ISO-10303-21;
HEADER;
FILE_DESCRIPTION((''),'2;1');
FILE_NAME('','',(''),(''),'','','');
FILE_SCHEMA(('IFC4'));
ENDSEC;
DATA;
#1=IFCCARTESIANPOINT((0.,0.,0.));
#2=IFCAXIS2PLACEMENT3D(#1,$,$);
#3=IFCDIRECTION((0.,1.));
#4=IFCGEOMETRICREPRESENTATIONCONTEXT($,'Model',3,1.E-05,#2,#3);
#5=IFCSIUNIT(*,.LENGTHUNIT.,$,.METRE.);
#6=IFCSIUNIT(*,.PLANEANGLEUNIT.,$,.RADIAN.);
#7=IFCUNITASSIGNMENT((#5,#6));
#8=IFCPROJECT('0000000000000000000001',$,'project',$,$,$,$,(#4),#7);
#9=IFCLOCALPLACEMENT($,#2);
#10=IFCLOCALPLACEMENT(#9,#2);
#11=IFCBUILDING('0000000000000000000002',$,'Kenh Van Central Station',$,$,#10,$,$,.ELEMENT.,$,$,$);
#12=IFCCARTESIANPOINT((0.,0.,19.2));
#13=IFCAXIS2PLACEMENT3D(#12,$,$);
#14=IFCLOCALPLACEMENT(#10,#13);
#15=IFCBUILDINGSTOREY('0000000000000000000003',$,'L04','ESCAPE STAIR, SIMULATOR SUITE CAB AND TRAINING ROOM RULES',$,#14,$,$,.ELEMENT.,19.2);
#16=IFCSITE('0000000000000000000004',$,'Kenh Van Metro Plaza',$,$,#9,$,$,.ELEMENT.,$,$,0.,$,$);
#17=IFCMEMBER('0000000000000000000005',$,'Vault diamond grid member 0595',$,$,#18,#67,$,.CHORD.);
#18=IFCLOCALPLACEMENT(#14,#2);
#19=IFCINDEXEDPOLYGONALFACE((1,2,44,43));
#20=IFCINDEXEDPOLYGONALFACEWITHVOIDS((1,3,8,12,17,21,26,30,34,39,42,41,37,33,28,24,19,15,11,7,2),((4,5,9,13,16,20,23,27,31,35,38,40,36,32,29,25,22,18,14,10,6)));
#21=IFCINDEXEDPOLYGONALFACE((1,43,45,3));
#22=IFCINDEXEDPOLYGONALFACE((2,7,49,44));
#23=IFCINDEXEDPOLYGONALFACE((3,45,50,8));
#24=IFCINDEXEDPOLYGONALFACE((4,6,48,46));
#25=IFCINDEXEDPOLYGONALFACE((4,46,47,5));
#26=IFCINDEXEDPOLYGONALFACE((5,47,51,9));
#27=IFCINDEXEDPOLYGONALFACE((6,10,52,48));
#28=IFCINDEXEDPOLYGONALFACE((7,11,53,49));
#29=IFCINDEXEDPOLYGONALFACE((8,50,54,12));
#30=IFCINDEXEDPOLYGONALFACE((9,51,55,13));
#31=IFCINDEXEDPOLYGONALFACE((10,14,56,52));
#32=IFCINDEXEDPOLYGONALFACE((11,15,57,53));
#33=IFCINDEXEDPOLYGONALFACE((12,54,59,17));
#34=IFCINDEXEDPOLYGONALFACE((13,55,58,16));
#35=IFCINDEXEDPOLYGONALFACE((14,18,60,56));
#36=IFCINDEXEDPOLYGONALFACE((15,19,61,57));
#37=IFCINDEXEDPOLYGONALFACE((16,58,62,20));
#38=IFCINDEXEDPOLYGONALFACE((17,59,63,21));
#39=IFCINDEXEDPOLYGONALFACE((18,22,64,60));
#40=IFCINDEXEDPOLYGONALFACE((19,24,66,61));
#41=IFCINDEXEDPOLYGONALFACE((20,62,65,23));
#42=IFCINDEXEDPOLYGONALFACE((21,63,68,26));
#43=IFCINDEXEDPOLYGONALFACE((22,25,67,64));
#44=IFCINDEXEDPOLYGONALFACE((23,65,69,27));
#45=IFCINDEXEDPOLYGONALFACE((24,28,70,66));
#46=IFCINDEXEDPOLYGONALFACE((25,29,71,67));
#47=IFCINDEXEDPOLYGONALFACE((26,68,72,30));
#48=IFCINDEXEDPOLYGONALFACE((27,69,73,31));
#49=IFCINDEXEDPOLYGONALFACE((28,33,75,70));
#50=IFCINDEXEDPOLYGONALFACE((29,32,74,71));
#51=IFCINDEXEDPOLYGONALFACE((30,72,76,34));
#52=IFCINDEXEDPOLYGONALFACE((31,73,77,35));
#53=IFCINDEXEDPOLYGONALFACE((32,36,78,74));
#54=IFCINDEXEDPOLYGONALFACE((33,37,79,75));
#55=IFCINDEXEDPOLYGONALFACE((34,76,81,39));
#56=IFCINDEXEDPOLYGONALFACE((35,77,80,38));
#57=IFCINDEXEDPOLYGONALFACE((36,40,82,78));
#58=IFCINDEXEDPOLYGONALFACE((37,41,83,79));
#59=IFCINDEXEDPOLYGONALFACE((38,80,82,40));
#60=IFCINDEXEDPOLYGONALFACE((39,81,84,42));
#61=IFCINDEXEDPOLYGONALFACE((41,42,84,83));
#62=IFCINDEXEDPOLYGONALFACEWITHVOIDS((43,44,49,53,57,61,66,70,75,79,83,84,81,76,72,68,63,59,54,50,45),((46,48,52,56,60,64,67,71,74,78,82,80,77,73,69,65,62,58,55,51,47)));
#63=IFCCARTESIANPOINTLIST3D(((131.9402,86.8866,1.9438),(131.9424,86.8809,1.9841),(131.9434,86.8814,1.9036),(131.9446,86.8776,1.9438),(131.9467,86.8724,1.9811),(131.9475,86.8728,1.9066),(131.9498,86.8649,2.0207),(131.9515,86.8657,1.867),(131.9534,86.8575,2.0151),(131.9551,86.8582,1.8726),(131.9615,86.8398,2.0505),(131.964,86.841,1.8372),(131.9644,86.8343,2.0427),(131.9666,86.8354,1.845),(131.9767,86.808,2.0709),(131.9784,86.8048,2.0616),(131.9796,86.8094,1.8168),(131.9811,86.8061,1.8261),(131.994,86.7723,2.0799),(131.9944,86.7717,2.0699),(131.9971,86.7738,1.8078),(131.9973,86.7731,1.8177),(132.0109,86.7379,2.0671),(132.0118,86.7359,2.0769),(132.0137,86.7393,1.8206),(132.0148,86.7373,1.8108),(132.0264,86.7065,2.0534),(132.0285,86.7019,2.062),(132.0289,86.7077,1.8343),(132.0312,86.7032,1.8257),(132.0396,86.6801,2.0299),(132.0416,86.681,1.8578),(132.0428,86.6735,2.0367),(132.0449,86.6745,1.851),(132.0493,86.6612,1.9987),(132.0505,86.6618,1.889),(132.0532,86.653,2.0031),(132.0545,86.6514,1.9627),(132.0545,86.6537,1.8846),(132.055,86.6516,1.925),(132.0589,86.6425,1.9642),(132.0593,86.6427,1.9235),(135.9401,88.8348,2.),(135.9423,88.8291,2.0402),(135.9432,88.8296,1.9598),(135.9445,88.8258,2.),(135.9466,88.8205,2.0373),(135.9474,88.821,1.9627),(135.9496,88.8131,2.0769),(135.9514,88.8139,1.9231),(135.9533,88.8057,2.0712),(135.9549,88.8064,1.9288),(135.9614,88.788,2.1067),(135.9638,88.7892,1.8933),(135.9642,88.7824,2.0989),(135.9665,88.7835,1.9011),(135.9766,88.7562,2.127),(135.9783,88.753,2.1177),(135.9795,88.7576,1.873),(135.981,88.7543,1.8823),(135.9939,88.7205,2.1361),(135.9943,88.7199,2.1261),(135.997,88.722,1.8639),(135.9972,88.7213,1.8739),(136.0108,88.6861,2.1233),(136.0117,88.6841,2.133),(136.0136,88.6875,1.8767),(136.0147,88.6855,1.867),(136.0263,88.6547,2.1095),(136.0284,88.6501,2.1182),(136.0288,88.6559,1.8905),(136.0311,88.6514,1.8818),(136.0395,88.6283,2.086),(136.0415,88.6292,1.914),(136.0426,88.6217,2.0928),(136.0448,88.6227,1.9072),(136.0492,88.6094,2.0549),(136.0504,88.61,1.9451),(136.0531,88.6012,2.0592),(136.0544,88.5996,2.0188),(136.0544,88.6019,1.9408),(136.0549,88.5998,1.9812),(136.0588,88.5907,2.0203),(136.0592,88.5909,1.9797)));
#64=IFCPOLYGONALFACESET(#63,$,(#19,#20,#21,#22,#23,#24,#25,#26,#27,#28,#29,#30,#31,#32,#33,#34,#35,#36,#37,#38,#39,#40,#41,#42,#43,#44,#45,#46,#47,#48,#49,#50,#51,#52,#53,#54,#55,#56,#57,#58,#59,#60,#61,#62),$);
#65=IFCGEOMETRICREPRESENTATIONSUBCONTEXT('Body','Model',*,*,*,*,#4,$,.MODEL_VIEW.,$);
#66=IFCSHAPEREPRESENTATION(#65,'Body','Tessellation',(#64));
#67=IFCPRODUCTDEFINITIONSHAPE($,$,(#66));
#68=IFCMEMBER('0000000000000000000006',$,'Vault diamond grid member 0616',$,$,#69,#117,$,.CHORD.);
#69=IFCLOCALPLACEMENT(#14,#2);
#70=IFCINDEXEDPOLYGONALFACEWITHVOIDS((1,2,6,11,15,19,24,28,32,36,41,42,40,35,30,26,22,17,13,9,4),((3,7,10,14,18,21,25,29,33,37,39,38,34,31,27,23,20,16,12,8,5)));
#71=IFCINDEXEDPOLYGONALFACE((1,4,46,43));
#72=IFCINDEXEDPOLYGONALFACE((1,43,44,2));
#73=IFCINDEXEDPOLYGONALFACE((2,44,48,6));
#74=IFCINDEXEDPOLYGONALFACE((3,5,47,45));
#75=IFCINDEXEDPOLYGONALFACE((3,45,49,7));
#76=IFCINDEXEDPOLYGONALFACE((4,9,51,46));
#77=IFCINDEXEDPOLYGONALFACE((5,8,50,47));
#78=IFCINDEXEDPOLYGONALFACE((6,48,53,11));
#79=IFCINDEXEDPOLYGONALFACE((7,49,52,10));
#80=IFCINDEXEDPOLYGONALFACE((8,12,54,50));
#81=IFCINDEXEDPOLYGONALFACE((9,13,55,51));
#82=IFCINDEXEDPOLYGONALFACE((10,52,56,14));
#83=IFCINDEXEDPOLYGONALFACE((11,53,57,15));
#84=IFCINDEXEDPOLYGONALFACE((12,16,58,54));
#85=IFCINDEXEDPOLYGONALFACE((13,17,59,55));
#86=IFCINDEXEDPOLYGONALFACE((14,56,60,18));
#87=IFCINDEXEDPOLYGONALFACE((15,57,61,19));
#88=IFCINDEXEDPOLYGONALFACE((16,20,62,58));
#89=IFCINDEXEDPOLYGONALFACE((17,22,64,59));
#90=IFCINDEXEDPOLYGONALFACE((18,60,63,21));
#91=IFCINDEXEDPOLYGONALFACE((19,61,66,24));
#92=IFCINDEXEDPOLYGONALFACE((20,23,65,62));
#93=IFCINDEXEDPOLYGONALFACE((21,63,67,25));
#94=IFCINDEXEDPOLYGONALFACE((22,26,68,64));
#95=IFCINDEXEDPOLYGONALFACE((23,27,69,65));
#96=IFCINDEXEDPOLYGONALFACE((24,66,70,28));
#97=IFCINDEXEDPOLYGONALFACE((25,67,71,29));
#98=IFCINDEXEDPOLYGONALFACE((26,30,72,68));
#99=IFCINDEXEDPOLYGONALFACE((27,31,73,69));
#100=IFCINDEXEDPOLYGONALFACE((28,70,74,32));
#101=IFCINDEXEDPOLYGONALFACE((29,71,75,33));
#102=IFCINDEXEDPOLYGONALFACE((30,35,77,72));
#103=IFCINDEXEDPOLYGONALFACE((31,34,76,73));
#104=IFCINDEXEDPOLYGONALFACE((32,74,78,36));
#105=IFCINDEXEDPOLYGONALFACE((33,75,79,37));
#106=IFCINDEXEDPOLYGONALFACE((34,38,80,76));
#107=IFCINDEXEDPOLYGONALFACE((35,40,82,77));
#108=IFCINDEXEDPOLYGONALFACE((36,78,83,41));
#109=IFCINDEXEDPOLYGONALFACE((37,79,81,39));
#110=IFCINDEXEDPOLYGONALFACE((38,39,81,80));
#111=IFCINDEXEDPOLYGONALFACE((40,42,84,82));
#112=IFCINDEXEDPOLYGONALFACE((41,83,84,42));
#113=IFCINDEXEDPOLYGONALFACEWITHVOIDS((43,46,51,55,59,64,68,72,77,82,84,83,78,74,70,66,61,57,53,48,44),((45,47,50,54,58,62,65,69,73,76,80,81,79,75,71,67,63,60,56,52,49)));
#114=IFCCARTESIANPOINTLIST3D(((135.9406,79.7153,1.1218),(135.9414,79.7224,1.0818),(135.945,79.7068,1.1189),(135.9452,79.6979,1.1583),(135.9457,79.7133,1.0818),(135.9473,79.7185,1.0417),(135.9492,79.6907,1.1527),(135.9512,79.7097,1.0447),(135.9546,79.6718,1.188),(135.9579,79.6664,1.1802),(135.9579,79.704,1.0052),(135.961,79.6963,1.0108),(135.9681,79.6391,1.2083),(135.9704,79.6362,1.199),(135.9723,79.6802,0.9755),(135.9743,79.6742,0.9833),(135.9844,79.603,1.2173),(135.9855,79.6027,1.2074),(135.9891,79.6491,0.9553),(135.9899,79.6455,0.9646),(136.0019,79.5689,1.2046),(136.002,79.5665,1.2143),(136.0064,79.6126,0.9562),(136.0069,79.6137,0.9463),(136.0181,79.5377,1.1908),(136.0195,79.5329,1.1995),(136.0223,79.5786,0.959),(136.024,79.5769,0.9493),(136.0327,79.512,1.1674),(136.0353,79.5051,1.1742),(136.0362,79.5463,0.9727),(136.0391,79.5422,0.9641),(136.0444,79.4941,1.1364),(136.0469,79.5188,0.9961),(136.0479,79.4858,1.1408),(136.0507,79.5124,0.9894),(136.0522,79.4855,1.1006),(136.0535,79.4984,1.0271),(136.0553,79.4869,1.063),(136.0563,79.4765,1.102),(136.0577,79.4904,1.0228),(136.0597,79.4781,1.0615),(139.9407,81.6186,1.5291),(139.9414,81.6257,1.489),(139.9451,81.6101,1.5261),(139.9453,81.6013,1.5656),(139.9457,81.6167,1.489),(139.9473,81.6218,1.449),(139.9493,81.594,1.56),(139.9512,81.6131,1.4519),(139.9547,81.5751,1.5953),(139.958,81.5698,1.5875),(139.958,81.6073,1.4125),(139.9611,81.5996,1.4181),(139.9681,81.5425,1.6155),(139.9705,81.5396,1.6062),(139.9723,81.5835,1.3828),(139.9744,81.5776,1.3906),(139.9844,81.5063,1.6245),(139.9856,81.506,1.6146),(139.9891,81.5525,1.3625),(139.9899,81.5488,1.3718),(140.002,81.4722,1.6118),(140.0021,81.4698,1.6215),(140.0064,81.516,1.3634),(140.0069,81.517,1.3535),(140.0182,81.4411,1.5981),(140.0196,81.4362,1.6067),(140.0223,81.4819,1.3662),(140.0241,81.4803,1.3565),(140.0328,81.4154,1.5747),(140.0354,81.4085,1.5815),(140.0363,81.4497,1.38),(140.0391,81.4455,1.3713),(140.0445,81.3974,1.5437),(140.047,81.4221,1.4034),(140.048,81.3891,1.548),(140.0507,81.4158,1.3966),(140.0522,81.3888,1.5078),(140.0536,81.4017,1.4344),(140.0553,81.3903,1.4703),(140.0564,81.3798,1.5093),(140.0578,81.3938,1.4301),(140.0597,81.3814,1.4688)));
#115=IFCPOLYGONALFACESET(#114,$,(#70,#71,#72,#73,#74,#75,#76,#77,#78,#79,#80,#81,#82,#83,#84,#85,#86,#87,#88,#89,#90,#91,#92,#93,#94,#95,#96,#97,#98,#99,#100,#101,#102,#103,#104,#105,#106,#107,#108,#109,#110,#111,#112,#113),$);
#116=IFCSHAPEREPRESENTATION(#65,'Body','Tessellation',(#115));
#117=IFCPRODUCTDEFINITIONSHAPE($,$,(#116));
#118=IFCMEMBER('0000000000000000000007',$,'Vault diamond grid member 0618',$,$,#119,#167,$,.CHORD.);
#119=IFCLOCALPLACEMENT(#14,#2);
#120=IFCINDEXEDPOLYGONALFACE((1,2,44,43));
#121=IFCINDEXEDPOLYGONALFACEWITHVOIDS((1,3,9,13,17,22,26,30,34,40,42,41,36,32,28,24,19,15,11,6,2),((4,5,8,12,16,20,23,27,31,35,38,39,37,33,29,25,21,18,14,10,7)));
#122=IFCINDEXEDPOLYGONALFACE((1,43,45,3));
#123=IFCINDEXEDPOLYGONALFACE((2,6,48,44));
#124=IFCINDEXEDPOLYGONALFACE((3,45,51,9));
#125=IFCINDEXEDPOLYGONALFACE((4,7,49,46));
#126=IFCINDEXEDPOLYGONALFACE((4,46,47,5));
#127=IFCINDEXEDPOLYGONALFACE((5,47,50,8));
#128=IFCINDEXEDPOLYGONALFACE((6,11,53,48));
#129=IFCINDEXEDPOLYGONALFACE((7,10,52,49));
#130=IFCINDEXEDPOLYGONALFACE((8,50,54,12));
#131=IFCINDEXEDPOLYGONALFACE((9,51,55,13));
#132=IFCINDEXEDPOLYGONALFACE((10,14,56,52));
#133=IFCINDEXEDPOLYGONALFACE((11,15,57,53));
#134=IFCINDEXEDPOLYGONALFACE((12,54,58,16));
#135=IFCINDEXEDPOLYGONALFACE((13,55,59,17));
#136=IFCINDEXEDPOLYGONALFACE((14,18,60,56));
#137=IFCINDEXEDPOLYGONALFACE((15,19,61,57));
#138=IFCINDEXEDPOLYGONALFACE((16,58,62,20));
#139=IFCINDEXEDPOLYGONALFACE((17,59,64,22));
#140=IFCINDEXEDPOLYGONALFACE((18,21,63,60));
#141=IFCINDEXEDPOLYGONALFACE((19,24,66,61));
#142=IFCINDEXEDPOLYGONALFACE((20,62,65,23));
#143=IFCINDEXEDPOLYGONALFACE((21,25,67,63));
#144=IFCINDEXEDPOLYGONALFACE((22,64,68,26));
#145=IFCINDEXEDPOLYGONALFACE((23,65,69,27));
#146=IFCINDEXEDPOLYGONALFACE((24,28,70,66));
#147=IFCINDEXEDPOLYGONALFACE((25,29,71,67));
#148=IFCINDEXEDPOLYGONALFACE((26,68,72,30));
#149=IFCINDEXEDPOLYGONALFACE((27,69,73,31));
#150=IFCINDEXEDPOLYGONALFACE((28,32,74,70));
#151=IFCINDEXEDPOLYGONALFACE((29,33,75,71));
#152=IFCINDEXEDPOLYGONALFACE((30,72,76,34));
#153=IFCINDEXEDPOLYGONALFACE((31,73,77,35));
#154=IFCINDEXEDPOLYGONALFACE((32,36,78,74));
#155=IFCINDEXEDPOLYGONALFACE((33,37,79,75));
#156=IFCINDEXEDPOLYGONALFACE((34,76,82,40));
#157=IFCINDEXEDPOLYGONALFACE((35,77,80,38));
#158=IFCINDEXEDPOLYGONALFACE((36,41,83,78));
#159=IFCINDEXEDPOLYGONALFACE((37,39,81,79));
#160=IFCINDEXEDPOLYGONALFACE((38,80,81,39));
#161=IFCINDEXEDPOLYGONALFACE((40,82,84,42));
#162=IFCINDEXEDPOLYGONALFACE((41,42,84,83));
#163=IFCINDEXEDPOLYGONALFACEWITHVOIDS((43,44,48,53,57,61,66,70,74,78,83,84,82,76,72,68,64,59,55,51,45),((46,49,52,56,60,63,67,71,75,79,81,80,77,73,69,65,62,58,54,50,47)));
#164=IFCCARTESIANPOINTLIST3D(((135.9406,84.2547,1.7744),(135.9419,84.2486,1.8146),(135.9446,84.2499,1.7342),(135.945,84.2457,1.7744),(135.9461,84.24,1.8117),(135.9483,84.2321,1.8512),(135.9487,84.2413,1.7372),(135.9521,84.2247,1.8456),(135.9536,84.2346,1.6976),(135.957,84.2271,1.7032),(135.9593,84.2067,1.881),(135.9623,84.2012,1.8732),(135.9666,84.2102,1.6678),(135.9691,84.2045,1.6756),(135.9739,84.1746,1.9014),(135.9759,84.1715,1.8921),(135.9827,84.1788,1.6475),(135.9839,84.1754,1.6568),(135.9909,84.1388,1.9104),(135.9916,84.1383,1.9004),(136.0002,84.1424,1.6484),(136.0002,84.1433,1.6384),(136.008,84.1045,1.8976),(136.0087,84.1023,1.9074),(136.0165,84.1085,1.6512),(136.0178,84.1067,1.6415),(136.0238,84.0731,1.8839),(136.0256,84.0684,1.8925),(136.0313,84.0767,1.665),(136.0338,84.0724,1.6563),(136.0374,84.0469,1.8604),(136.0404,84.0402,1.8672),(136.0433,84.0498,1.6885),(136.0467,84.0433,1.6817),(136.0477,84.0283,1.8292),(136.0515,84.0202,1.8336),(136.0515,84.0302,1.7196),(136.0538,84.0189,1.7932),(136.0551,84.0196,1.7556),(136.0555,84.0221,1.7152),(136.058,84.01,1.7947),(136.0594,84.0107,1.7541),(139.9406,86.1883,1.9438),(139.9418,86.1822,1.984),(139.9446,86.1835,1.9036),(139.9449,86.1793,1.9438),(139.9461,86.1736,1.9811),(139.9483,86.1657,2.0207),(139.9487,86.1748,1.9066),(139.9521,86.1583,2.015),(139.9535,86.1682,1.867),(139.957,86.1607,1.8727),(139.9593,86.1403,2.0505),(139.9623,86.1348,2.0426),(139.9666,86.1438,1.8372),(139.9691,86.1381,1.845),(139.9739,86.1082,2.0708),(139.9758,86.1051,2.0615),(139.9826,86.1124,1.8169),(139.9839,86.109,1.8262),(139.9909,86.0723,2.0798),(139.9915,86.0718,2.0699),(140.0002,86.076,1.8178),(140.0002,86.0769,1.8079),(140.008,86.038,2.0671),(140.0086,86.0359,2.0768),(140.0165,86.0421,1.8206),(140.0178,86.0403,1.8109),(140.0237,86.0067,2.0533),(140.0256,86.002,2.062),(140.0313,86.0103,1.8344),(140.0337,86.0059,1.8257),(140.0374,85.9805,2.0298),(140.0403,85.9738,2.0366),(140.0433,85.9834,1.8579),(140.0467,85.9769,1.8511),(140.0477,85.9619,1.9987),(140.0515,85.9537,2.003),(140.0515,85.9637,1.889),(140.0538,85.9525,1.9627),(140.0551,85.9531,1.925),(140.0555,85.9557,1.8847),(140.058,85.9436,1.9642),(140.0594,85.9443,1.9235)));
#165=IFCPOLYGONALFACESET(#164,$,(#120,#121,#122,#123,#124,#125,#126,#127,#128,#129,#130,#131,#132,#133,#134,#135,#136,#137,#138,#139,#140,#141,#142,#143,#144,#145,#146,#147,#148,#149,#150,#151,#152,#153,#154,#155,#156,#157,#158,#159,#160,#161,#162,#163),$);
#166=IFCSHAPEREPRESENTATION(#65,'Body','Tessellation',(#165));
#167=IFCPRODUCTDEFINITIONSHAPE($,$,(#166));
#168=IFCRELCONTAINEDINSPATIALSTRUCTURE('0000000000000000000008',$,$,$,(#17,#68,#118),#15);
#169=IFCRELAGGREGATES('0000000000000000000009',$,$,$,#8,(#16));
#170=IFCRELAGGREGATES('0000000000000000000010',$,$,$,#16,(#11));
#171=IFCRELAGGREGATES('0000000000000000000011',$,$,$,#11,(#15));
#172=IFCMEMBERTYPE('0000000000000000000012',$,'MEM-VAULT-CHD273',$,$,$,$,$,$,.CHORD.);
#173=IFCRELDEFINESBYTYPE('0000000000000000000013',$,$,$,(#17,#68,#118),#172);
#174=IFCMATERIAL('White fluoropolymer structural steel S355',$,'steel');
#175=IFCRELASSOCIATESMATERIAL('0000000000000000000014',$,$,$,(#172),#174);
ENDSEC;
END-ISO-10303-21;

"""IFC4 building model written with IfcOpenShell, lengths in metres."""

from ifc_helpers import new_model, si_unit, direction, frame, origin, origin_2d, place, context, subcontext, project, spatial, hollow_circle, extrude, material, material_profile, profile_set, type_object, element, save


model = new_model("IFC4")

# Units and contexts
model_context = context("Model", 3, precision=1e-05, world=origin(), true_north=direction((0.0, 1.0)))
body_context = subcontext(model_context, "Body", "Model", "MODEL_VIEW")
ifc_project = project(units=[si_unit("LENGTHUNIT", "METRE"), si_unit("PLANEANGLEUNIT", "RADIAN")], contexts=[model_context])

# Site, building, storey
site_placement = place(None, origin())
site = spatial("IfcSite", under=ifc_project, at=site_placement, Name="Kenh Van Metro Plaza", CompositionType="ELEMENT", RefElevation=0.0)
building_placement = place(site_placement, origin())
building = spatial("IfcBuilding", under=site, at=building_placement, Name="Kenh Van Central Station", CompositionType="ELEMENT")
storey_placement = place(building_placement, frame((0.0, 0.0, 19.2)))
storey = spatial("IfcBuildingStorey", under=building, at=storey_placement, Name="L04", Description="ESCAPE STAIR, SIMULATOR SUITE CAB AND TRAINING ROOM RULES", CompositionType="ELEMENT", Elevation=19.2)

# Shared definitions
ifc_material_1 = material(Name="White fluoropolymer structural steel S355", Category="steel")

# Members
ifc_material_profile_1 = material_profile(ifc_material_1, hollow_circle(Radius=0.1365, WallThickness=0.01, at=origin_2d()), Name="CHS 273x10")
ifc_profile_set_1 = profile_set([ifc_material_profile_1], Name="White fluoropolymer structural steel S355")
member_type_1 = type_object("IfcMemberType", Name="MEM-VAULT-CHD273", PredefinedType="CHORD", material=ifc_profile_set_1)
member_1_placement = place(storey_placement, frame((132.0, 86.7639, 1.9438), z_axis=(0.89896, 0.437848, 0.01262), x_axis=(-0.437883, 0.899032, 0.0)))
element("IfcMember", 1, at=member_1_placement, inside=storey, type_object=member_type_1, Name="Vault diamond grid member 0595", PredefinedType="CHORD", context=body_context, shape_type="SweptSolid", body=[
    extrude(hollow_circle(Radius=0.1365, WallThickness=0.01, at=origin_2d()), origin(), (0.0, 0.0, 1.0), 4.4495),
])
member_2_placement = place(storey_placement, frame((136.0, 79.5991, 1.0818), z_axis=(0.899195, 0.427864, 0.091544), x_axis=(-0.429668, 0.902987, 0.0)))
element("IfcMember", 2, at=member_2_placement, inside=storey, type_object=member_type_1, Name="Vault diamond grid member 0616", PredefinedType="CHORD", context=body_context, shape_type="SweptSolid", body=[
    extrude(hollow_circle(Radius=0.1365, WallThickness=0.01, at=origin_2d()), origin(), (0.0, 0.0, 1.0), 4.4485),
])
member_3_placement = place(storey_placement, frame((136.0, 84.1318, 1.7744), z_axis=(0.899672, 0.4349, 0.038109), x_axis=(-0.435216, 0.900326, 0.0)))
element("IfcMember", 3, at=member_3_placement, inside=storey, type_object=member_type_1, Name="Vault diamond grid member 0618", PredefinedType="CHORD", context=body_context, shape_type="SweptSolid", body=[
    extrude(hollow_circle(Radius=0.1365, WallThickness=0.01, at=origin_2d()), origin(), (0.0, 0.0, 1.0), 4.446),
])

save(model, "model.ifc")
